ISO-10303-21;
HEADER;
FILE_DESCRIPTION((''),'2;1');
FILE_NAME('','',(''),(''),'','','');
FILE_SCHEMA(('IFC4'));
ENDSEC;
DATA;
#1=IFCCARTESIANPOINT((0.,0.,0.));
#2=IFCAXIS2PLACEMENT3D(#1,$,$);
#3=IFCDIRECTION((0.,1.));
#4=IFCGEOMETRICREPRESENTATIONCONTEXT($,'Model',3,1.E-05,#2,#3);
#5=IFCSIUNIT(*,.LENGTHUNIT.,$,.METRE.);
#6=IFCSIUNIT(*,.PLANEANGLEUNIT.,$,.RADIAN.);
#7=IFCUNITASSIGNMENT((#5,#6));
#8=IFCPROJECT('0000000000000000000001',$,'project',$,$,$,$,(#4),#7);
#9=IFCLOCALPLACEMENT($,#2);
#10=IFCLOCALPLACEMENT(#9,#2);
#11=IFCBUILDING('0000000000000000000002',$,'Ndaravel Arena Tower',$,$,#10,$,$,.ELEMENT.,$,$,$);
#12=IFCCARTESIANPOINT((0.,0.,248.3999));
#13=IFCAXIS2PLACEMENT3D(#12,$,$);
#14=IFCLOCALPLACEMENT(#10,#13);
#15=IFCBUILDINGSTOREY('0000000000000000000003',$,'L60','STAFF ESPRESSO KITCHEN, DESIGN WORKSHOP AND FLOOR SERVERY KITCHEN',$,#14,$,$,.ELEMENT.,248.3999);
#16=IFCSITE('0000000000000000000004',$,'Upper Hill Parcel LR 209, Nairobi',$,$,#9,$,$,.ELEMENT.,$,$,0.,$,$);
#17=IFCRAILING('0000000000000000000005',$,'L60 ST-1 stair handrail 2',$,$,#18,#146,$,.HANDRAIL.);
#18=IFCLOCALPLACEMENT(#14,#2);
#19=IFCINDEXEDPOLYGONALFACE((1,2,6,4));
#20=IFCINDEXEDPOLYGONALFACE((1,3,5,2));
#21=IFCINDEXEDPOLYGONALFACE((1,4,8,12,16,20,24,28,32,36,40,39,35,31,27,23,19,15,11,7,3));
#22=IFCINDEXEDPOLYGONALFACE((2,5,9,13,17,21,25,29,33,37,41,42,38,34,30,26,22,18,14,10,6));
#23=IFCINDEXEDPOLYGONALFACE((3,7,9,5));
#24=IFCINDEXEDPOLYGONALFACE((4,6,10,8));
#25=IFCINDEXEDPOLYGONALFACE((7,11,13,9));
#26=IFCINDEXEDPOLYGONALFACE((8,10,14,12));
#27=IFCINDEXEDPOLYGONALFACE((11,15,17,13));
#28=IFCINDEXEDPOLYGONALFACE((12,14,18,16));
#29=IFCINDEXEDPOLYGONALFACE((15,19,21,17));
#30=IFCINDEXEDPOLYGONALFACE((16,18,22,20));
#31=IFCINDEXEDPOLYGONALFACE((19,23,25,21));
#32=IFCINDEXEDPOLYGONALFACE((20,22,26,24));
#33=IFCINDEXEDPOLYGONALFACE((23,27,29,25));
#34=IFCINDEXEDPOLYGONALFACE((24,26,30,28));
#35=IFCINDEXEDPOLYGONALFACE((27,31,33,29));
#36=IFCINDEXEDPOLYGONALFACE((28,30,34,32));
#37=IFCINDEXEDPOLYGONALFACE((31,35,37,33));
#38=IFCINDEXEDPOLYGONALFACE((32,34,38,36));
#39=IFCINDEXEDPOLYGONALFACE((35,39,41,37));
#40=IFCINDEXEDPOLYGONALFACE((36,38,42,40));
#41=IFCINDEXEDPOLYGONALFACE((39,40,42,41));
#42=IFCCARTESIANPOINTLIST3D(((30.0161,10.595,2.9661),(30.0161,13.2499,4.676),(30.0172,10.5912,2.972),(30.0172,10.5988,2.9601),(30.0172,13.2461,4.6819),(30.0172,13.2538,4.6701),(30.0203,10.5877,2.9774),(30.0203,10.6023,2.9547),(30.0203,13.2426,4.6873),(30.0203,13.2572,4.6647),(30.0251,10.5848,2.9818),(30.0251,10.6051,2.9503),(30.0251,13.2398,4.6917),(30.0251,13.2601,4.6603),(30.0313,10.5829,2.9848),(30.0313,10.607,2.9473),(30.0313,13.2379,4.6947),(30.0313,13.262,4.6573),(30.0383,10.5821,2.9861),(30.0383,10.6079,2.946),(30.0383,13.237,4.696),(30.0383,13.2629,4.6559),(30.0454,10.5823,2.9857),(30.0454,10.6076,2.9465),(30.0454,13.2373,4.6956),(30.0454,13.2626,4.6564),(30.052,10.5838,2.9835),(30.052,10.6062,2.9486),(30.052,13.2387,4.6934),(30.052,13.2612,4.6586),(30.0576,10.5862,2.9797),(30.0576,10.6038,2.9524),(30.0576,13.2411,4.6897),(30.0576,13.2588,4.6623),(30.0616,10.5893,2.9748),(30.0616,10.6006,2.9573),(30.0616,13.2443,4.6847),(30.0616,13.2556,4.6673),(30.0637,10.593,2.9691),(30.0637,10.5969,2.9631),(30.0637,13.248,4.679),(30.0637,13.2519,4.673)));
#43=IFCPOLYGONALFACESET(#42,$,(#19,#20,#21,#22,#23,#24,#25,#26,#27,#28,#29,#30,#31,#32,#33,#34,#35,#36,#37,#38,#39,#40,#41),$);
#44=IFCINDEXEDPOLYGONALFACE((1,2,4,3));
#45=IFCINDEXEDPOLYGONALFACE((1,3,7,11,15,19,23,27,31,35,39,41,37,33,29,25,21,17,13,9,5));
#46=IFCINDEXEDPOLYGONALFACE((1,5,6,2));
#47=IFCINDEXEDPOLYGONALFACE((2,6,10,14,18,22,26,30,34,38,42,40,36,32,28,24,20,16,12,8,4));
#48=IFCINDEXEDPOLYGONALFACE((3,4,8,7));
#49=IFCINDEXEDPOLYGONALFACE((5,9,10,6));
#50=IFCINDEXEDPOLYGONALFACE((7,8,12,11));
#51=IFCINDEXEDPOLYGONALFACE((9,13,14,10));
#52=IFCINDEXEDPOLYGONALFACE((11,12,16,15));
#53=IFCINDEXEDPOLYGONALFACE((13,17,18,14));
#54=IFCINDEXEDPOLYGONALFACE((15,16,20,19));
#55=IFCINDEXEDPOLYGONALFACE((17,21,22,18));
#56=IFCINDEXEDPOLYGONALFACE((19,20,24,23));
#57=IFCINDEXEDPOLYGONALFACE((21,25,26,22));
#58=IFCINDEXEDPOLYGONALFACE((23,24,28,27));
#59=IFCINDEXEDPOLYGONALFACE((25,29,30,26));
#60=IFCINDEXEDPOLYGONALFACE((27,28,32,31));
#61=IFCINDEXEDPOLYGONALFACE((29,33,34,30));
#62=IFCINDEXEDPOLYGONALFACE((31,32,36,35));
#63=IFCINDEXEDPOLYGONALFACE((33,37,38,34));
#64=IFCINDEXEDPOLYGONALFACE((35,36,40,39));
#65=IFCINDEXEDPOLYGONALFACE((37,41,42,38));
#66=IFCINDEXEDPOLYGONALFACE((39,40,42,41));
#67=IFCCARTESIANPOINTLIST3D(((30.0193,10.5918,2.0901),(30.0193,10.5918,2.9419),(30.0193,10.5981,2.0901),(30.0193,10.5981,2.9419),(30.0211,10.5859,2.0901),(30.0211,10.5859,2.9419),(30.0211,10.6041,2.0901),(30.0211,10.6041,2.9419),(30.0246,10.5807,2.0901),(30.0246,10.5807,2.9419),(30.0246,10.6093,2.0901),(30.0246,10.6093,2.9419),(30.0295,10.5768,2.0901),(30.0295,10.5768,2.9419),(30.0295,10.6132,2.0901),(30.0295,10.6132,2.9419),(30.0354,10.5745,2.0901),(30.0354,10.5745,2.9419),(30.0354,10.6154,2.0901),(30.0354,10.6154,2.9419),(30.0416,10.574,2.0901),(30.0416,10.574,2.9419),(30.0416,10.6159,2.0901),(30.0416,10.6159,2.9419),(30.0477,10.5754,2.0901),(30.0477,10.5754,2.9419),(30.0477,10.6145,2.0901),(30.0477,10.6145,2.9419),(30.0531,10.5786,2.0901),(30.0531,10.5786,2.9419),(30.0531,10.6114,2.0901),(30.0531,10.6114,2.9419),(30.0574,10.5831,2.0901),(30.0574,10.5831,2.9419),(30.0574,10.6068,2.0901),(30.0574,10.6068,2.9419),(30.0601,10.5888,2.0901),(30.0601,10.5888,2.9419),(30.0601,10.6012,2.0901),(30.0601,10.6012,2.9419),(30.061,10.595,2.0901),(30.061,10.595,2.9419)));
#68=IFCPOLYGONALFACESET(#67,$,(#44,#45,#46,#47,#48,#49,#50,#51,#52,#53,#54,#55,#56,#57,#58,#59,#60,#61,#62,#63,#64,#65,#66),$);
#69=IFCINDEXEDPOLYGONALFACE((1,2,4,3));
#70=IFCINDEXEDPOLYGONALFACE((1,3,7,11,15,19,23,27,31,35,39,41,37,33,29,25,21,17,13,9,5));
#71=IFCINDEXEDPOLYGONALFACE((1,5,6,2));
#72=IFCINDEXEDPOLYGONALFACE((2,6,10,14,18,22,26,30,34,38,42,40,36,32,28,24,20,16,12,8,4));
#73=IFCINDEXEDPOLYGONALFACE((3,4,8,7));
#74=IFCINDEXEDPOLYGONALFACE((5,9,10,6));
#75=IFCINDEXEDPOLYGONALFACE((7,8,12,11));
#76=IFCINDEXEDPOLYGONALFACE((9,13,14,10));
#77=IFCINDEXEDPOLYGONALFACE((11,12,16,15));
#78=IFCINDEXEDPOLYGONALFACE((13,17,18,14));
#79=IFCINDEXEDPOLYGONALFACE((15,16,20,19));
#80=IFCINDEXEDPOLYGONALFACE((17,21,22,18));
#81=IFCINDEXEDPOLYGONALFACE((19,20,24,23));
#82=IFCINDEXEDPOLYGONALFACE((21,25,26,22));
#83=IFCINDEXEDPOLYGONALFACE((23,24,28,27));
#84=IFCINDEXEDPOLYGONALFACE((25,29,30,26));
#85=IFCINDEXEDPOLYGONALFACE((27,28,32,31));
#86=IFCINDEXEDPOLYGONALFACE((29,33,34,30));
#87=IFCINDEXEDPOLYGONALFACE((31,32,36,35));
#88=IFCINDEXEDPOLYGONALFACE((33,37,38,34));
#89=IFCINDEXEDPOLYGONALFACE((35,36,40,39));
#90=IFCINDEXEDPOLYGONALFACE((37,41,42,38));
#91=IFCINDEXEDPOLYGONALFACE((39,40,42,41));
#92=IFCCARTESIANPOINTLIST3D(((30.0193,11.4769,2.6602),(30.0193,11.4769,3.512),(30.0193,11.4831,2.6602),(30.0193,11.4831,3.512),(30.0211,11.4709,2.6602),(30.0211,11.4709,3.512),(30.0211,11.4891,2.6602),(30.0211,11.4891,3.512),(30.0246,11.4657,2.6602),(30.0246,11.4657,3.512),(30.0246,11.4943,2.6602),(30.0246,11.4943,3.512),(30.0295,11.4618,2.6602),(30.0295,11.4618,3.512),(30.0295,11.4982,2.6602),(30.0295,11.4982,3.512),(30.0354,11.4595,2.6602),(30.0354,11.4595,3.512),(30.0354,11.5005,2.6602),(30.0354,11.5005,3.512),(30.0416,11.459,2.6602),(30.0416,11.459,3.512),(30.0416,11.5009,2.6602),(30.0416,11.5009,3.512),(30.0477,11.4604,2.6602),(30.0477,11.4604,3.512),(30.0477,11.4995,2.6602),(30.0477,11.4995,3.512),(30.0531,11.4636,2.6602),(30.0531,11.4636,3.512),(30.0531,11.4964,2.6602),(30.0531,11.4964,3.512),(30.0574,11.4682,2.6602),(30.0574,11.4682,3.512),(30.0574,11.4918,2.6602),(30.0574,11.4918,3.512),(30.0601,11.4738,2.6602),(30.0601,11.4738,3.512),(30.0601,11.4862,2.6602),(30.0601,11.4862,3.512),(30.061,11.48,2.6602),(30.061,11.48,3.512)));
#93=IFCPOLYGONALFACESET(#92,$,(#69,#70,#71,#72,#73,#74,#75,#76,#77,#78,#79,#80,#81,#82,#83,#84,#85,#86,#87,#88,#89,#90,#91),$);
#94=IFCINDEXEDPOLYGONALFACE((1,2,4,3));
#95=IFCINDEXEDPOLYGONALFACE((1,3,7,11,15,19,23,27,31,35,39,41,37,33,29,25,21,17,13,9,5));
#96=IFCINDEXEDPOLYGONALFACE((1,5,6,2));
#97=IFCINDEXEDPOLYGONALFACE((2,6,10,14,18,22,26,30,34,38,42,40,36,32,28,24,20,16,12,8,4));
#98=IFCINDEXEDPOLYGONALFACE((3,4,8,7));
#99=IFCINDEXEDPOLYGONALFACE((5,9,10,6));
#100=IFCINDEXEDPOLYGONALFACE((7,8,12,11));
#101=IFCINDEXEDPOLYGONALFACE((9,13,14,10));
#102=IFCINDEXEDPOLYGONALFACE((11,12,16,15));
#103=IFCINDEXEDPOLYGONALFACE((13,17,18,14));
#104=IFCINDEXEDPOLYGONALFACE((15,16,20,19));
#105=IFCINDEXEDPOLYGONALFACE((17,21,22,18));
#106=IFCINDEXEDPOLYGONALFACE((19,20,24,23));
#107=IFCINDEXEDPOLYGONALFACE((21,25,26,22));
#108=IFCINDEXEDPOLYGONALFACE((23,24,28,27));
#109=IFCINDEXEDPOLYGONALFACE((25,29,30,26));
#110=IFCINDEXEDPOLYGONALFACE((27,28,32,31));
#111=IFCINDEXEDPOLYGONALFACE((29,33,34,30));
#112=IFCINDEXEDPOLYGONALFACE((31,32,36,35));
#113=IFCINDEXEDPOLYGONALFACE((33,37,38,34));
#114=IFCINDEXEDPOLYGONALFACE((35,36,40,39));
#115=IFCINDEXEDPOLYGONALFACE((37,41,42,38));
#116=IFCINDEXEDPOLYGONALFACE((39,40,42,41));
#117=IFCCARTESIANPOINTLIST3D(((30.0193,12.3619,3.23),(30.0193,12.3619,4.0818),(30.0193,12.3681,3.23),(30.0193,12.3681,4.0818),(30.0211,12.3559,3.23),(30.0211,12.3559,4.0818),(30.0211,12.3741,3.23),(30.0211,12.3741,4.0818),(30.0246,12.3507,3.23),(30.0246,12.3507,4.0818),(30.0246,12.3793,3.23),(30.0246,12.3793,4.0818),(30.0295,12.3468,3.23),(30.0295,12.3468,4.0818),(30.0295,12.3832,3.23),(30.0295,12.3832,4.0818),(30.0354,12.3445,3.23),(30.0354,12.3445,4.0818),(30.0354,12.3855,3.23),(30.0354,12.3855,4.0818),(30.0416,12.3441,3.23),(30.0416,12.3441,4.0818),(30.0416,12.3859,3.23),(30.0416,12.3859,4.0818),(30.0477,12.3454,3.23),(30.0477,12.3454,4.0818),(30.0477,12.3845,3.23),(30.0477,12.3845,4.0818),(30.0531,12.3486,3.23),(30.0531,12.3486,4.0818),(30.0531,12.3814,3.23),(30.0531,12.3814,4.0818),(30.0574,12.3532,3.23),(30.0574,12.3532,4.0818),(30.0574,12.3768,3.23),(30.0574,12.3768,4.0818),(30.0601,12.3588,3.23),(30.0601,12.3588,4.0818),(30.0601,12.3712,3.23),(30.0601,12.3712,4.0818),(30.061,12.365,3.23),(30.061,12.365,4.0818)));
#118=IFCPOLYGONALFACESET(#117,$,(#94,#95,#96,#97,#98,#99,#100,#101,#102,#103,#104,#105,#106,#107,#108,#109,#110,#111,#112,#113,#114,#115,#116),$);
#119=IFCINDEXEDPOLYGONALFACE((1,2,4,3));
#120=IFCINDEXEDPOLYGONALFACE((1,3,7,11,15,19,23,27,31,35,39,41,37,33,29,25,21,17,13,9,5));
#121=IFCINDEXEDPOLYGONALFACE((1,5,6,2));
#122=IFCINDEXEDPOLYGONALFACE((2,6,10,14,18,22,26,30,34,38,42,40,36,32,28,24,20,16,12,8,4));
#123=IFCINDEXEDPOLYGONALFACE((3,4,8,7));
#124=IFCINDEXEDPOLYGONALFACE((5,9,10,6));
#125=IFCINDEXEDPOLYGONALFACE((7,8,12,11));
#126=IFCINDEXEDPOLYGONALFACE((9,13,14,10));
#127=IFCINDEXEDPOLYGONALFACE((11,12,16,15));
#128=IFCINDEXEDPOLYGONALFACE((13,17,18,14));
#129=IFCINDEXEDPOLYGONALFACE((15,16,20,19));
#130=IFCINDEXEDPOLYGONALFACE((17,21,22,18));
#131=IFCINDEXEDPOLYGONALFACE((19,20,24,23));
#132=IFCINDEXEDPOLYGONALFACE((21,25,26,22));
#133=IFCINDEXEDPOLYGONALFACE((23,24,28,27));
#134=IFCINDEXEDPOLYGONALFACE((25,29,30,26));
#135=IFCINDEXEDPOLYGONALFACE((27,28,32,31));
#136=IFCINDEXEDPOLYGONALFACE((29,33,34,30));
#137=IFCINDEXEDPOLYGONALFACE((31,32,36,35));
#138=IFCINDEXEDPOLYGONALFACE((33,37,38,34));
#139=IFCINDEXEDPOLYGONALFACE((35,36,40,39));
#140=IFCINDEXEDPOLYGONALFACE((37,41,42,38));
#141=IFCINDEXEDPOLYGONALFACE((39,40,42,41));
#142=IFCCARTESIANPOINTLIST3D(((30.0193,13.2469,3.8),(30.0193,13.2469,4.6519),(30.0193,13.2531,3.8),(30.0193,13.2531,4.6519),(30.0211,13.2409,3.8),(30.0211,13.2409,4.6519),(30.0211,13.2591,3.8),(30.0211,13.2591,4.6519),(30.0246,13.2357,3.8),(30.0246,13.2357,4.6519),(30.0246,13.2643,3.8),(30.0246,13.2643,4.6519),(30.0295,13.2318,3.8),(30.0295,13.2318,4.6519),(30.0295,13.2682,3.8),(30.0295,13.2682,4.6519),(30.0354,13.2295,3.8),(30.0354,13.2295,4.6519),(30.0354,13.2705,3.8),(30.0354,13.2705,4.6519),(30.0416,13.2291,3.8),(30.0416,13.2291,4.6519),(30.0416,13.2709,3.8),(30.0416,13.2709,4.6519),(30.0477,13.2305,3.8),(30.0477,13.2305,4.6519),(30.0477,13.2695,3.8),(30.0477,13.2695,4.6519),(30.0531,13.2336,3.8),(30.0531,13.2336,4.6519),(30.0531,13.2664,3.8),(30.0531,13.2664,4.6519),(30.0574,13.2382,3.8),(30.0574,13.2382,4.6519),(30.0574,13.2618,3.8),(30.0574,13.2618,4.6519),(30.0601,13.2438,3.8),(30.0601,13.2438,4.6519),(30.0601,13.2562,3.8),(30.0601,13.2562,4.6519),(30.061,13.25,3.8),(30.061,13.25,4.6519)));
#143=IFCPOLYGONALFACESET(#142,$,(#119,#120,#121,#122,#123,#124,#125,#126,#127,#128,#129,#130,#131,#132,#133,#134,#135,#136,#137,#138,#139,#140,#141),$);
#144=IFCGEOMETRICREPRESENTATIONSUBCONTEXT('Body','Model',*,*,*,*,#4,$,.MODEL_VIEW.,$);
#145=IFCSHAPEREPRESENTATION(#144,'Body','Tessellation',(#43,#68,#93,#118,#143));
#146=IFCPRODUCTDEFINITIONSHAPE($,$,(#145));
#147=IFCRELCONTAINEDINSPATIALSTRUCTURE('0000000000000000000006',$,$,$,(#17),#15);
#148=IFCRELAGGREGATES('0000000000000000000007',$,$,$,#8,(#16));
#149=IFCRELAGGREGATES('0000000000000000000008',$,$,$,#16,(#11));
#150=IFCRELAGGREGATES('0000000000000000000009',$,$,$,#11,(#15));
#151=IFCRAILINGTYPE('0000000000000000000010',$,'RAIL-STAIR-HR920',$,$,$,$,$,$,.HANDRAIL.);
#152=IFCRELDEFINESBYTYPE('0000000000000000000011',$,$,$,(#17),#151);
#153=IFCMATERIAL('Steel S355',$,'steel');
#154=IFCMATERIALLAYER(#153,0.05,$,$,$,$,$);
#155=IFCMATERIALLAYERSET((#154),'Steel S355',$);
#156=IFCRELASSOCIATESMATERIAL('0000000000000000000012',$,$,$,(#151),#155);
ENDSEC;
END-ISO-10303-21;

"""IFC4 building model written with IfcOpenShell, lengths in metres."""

from ifc_helpers import new_model, si_unit, direction, frame, origin, origin_2d, place, context, subcontext, project, spatial, circle, extrude, material, layer, layer_set, type_object, element, save


model = new_model("IFC4")

# Units and contexts
model_context = context("Model", 3, precision=1e-05, world=origin(), true_north=direction((0.0, 1.0)))
body_context = subcontext(model_context, "Body", "Model", "MODEL_VIEW")
ifc_project = project(units=[si_unit("LENGTHUNIT", "METRE"), si_unit("PLANEANGLEUNIT", "RADIAN")], contexts=[model_context])

# Site, building, storey
site_placement = place(None, origin())
site = spatial("IfcSite", under=ifc_project, at=site_placement, Name="Upper Hill Parcel LR 209, Nairobi", CompositionType="ELEMENT", RefElevation=0.0)
building_placement = place(site_placement, origin())
building = spatial("IfcBuilding", under=site, at=building_placement, Name="Ndaravel Arena Tower", CompositionType="ELEMENT")
storey_placement = place(building_placement, frame((0.0, 0.0, 248.3999)))
storey = spatial("IfcBuildingStorey", under=building, at=storey_placement, Name="L60", Description="STAFF ESPRESSO KITCHEN, DESIGN WORKSHOP AND FLOOR SERVERY KITCHEN", CompositionType="ELEMENT", Elevation=248.3999)

# Railing
ifc_material_1 = material(Name="Steel S355", Category="steel")
ifc_layer_1 = layer(ifc_material_1, 0.05)
ifc_layer_set_1 = layer_set([ifc_layer_1], Name="Steel S355")
railing_type_1 = type_object("IfcRailingType", Name="RAIL-STAIR-HR920", PredefinedType="HANDRAIL", material=ifc_layer_set_1)
railing_1_placement = place(storey_placement, frame((30.04, 10.595, 2.0901)))
element("IfcRailing", 1, at=railing_1_placement, inside=storey, type_object=railing_type_1, Name="L60 ST-1 stair handrail 2", PredefinedType="HANDRAIL", context=body_context, shape_type="SweptSolid", body=[
    extrude(circle(Radius=0.0239, at=origin_2d()), frame((0.0, 0.0, 0.876), z_axis=(0.0, 0.840724, 0.541465), x_axis=(-1.0, 0.0, 0.0)), (0.0, 0.0, 1.0), 3.158),
    extrude(circle(Radius=0.021, at=origin_2d()), origin(), (0.0, 0.0, 1.0), 0.8518),
    extrude(circle(Radius=0.021, at=origin_2d()), frame((0.0, 0.885, 0.5701)), (0.0, 0.0, 1.0), 0.8518),
    extrude(circle(Radius=0.021, at=origin_2d()), frame((0.0, 1.77, 1.1399)), (0.0, 0.0, 1.0), 0.8518),
    extrude(circle(Radius=0.021, at=origin_2d()), frame((0.0, 2.655, 1.71)), (0.0, 0.0, 1.0), 0.8518),
])

save(model, "model.ifc")
